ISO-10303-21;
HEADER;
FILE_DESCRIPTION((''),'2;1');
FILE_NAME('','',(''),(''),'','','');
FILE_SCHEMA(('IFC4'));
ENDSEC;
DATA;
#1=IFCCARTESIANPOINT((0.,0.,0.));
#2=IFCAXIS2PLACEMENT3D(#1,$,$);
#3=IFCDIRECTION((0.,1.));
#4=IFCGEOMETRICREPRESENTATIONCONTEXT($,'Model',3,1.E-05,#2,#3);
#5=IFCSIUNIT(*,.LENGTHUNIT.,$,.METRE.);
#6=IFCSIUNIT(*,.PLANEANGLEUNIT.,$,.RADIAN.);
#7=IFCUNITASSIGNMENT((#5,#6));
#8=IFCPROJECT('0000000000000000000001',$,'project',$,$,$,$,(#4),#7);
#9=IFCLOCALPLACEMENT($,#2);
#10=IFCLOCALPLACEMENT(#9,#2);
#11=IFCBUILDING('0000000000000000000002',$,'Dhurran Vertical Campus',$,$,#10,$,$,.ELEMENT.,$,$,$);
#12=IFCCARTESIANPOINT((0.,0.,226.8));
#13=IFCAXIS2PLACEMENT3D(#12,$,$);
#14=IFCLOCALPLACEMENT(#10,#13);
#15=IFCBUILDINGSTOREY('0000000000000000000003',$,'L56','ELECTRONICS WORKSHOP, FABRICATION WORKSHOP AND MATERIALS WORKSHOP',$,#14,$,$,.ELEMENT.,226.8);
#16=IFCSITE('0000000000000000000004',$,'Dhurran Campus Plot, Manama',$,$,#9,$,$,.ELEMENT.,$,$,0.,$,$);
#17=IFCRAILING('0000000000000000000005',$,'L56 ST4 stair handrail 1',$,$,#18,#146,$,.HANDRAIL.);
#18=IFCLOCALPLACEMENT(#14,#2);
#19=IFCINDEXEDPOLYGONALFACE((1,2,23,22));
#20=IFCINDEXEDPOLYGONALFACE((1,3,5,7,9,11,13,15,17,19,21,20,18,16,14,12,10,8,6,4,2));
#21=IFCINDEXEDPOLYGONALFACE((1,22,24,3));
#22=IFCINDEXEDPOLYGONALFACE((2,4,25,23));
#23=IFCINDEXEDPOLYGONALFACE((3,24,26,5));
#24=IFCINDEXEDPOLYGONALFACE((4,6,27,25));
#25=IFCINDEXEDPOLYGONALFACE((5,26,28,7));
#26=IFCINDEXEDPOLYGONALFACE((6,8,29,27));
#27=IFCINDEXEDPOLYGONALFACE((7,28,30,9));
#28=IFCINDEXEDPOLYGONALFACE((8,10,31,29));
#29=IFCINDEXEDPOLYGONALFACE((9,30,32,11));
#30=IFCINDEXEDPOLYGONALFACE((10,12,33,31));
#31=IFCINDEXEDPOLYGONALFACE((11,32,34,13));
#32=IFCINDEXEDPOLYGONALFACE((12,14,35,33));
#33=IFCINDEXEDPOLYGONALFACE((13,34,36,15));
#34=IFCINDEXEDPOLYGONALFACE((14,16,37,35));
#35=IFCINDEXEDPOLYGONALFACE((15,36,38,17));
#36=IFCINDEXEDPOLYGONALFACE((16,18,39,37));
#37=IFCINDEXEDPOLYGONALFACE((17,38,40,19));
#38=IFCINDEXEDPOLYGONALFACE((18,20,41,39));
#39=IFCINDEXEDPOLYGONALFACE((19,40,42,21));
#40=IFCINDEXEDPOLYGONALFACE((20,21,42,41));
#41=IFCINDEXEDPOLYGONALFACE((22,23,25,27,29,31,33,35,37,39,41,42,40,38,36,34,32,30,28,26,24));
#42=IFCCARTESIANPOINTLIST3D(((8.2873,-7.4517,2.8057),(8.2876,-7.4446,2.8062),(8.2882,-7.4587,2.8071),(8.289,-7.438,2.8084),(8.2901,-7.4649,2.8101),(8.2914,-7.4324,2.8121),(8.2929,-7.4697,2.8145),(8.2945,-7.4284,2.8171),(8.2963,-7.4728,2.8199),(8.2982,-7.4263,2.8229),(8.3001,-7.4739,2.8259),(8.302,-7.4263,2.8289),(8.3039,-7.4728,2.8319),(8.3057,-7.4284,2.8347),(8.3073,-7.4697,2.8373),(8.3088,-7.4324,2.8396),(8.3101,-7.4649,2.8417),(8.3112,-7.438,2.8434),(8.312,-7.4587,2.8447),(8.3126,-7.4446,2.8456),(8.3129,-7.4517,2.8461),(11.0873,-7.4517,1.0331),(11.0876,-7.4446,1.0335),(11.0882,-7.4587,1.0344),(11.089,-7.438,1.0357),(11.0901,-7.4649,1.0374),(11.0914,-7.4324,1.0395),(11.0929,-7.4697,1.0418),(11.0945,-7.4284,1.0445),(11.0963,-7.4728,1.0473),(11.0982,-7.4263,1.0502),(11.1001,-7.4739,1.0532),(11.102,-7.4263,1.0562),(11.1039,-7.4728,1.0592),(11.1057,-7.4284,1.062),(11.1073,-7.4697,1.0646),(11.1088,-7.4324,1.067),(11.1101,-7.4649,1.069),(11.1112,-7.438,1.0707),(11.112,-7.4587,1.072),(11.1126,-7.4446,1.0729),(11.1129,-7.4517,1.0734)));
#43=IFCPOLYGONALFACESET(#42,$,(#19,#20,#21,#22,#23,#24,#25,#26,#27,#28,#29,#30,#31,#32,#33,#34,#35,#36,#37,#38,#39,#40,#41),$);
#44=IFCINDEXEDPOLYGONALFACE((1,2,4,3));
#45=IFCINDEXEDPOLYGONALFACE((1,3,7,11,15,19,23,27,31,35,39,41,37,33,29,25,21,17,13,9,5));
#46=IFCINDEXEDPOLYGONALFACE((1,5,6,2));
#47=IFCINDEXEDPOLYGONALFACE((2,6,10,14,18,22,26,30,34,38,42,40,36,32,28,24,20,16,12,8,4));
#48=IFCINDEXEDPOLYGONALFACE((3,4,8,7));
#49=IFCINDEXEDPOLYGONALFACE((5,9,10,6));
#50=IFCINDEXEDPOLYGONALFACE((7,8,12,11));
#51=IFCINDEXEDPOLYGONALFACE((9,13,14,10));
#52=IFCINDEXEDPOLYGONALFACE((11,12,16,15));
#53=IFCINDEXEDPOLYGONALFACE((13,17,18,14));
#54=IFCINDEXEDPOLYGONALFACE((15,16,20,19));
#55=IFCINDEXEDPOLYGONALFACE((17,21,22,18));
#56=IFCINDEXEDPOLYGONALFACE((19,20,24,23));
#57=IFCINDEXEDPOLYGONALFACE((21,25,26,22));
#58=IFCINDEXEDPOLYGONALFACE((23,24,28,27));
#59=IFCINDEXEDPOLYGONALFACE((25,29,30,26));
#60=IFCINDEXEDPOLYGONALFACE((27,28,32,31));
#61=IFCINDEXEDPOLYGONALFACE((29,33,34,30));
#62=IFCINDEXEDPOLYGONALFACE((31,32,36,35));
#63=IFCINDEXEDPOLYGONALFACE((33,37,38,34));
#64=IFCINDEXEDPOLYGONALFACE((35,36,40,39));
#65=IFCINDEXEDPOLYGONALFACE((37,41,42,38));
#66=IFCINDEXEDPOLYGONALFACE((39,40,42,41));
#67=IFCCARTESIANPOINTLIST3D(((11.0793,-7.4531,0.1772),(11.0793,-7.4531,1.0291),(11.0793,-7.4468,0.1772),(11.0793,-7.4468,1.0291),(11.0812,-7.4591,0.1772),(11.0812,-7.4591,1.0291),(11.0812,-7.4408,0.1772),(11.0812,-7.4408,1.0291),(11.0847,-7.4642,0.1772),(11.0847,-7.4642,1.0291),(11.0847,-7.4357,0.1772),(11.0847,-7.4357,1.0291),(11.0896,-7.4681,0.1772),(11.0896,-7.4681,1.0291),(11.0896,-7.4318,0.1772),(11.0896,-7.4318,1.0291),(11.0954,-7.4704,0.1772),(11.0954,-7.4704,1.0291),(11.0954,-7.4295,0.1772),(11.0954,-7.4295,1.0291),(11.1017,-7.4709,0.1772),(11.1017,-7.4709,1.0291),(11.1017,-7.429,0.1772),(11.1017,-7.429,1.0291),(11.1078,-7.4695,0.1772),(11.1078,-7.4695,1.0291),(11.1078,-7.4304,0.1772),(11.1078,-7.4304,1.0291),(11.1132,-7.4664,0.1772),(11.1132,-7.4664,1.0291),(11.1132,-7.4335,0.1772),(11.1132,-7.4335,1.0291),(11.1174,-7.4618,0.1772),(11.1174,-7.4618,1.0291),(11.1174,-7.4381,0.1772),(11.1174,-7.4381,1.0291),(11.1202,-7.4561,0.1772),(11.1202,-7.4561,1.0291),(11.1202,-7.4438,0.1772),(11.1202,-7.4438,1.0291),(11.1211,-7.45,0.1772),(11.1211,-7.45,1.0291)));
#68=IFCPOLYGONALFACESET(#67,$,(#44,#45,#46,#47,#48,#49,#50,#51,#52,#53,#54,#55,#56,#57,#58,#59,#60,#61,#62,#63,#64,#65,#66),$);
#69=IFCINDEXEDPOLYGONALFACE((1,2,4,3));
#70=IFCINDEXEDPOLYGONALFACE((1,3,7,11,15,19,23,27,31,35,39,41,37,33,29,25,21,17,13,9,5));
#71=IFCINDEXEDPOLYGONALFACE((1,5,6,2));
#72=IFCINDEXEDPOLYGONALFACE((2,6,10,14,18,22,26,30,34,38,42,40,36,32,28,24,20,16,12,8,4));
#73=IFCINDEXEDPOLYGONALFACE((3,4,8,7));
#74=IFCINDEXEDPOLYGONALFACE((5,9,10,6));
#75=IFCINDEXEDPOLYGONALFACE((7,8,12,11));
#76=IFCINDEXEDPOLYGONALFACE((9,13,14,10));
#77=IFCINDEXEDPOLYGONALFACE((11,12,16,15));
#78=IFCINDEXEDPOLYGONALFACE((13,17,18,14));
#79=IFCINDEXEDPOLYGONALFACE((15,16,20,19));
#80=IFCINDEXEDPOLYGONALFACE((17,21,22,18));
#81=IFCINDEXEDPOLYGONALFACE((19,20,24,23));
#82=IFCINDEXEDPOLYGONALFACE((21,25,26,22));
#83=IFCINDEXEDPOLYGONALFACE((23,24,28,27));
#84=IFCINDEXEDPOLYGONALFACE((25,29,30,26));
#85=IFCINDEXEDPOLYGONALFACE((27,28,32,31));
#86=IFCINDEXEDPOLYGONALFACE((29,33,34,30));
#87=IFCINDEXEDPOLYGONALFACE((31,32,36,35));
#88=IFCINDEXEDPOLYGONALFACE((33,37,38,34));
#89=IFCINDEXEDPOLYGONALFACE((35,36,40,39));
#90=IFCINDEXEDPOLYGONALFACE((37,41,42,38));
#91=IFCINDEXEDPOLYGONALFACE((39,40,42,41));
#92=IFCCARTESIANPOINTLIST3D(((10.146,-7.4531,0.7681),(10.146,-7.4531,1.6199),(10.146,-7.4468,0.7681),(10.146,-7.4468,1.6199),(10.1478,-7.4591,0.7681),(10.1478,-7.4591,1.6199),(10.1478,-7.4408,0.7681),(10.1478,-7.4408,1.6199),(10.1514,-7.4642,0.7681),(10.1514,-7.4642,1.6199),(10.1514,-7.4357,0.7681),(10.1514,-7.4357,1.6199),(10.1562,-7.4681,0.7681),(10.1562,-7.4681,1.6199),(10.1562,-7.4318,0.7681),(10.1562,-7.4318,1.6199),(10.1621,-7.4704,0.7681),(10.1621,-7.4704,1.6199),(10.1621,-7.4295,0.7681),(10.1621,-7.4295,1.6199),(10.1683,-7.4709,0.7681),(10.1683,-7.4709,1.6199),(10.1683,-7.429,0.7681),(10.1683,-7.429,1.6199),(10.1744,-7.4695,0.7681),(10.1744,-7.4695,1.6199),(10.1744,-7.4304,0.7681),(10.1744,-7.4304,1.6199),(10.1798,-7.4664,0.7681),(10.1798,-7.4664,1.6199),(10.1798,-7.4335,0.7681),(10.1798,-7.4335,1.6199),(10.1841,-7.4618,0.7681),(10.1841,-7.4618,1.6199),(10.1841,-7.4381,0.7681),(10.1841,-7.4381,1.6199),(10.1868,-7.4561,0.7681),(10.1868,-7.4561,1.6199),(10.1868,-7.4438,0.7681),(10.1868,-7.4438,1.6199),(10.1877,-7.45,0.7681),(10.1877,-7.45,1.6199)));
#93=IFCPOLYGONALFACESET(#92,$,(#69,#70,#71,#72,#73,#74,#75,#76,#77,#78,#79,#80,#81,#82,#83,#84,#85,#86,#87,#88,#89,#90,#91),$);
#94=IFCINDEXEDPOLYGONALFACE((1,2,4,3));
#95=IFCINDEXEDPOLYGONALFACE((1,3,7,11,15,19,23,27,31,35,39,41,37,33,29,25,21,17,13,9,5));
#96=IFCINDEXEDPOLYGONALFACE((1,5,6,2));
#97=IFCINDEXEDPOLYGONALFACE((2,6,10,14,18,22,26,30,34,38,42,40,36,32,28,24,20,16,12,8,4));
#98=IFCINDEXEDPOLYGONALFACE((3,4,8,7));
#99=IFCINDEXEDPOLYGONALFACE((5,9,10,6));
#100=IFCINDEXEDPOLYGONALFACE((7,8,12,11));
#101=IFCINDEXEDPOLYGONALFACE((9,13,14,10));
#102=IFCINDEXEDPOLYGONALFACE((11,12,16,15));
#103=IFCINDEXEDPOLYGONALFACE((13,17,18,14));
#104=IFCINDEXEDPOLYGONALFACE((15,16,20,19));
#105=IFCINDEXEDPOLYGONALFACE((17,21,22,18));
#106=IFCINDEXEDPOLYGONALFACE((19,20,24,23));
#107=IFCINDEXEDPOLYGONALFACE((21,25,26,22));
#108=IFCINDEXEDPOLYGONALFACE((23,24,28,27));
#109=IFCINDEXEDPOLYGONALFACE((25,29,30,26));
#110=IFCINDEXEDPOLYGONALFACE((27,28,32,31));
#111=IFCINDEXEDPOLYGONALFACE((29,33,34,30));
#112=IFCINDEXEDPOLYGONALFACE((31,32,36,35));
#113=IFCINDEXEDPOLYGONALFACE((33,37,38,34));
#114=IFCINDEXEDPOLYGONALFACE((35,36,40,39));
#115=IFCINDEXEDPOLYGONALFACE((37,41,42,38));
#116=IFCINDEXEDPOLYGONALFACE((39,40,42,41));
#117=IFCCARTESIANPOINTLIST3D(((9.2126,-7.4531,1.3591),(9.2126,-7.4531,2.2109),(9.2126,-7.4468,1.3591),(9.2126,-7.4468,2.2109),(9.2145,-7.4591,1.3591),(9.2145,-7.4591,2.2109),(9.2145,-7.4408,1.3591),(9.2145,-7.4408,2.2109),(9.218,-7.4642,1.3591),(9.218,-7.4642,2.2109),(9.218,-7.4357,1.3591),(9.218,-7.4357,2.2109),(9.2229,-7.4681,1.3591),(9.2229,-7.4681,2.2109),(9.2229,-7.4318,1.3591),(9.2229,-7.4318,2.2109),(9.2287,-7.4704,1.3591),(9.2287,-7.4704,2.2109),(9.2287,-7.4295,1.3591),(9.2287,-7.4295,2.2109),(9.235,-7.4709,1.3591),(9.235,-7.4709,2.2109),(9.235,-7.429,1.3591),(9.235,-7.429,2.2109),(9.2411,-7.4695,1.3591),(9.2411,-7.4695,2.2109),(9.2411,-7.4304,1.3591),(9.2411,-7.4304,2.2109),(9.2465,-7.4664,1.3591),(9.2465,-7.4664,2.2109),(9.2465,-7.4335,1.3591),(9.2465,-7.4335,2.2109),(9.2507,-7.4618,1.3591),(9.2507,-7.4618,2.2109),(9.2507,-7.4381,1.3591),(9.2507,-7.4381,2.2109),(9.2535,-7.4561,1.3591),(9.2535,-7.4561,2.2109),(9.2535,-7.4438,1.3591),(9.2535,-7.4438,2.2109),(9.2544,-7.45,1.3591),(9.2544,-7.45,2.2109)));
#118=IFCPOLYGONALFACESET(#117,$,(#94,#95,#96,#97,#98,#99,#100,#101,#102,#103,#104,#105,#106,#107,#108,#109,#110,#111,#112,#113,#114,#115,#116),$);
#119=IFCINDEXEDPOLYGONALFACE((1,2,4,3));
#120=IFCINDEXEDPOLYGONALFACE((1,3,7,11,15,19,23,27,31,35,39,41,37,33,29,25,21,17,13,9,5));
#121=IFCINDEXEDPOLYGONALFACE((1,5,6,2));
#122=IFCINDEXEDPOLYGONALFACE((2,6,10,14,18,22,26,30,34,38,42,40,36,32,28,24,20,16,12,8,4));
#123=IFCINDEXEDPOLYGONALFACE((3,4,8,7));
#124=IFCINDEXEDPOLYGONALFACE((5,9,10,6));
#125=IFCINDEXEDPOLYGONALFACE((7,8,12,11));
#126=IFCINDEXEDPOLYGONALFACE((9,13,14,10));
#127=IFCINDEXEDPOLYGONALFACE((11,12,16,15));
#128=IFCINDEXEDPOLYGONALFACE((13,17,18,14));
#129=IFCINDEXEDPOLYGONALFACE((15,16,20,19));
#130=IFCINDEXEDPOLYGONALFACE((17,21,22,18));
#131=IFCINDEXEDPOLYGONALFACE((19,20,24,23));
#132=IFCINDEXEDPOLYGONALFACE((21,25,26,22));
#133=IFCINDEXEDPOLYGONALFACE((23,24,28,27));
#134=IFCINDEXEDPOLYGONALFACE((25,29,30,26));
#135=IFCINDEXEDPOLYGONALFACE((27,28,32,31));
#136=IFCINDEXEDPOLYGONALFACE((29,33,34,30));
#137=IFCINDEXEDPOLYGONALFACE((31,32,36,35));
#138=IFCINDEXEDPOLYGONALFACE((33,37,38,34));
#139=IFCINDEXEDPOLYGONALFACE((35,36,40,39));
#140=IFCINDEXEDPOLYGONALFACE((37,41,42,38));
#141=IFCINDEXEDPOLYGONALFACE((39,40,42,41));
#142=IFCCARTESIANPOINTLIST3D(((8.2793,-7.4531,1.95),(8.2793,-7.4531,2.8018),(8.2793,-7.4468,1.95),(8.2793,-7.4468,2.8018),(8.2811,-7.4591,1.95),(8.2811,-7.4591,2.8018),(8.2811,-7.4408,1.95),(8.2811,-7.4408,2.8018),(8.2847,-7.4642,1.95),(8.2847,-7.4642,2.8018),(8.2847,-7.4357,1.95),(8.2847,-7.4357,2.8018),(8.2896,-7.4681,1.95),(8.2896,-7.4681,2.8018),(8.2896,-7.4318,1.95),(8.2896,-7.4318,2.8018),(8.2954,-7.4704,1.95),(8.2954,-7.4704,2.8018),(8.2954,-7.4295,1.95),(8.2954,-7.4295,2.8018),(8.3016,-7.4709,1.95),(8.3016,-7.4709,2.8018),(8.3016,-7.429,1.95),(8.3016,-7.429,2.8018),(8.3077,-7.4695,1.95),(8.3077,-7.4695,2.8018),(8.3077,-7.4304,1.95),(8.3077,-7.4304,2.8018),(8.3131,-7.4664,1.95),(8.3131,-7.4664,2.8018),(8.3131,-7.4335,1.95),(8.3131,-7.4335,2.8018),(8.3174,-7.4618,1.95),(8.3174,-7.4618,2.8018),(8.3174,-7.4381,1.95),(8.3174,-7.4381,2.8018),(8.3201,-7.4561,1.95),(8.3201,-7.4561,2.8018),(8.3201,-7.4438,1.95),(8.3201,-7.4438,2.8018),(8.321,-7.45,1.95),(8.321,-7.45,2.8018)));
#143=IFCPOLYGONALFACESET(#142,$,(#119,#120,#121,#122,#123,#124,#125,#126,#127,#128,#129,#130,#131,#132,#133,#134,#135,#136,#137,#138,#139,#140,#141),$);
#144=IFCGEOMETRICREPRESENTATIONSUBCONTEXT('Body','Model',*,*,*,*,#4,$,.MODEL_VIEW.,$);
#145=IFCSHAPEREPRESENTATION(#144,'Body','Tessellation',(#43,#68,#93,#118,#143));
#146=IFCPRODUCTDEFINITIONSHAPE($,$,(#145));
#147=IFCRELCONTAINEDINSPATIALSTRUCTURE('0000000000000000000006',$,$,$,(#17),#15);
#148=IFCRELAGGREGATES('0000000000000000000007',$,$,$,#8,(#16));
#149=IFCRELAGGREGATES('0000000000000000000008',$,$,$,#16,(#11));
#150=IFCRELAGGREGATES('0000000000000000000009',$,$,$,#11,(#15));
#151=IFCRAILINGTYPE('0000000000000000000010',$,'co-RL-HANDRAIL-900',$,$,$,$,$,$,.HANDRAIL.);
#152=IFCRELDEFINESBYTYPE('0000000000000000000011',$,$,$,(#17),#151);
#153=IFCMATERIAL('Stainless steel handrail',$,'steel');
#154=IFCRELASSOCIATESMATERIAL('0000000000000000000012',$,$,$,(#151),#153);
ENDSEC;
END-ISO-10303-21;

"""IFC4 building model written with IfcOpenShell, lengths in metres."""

from ifc_helpers import new_model, si_unit, direction, frame, origin, origin_2d, place, context, subcontext, project, spatial, circle, extrude, material, type_object, element, save


model = new_model("IFC4")

# Units and contexts
model_context = context("Model", 3, precision=1e-05, world=origin(), true_north=direction((0.0, 1.0)))
body_context = subcontext(model_context, "Body", "Model", "MODEL_VIEW")
ifc_project = project(units=[si_unit("LENGTHUNIT", "METRE"), si_unit("PLANEANGLEUNIT", "RADIAN")], contexts=[model_context])

# Site, building, storey
site_placement = place(None, origin())
site = spatial("IfcSite", under=ifc_project, at=site_placement, Name="Dhurran Campus Plot, Manama", CompositionType="ELEMENT", RefElevation=0.0)
building_placement = place(site_placement, origin())
building = spatial("IfcBuilding", under=site, at=building_placement, Name="Dhurran Vertical Campus", CompositionType="ELEMENT")
storey_placement = place(building_placement, frame((0.0, 0.0, 226.8)))
storey = spatial("IfcBuildingStorey", under=building, at=storey_placement, Name="L56", Description="ELECTRONICS WORKSHOP, FABRICATION WORKSHOP AND MATERIALS WORKSHOP", CompositionType="ELEMENT", Elevation=226.8)

# Railing
ifc_material_1 = material(Name="Stainless steel handrail", Category="steel")
railing_type_1 = type_object("IfcRailingType", Name="co-RL-HANDRAIL-900", PredefinedType="HANDRAIL", material=ifc_material_1)
railing_1_placement = place(storey_placement, frame((11.1001, -7.45, 0.1772)))
element("IfcRailing", 1, at=railing_1_placement, inside=storey, type_object=railing_type_1, Name="L56 ST4 stair handrail 1", PredefinedType="HANDRAIL", context=body_context, shape_type="SweptSolid", body=[
    extrude(circle(Radius=0.0239, at=origin_2d()), frame((0.0, 0.0, 0.876), z_axis=(-0.844909, 0.0, 0.53491), x_axis=(0.0, -1.0, 0.0)), (0.0, 0.0, 1.0), 3.314),
    extrude(circle(Radius=0.021, at=origin_2d()), origin(), (0.0, 0.0, 1.0), 0.8518),
    extrude(circle(Radius=0.021, at=origin_2d()), frame((-0.9333, 0.0, 0.5908)), (0.0, 0.0, 1.0), 0.8518),
    extrude(circle(Radius=0.021, at=origin_2d()), frame((-1.8667, 0.0, 1.1819)), (0.0, 0.0, 1.0), 0.8518),
    extrude(circle(Radius=0.021, at=origin_2d()), frame((-2.8, 0.0, 1.7727)), (0.0, 0.0, 1.0), 0.8518),
])

save(model, "model.ifc")
